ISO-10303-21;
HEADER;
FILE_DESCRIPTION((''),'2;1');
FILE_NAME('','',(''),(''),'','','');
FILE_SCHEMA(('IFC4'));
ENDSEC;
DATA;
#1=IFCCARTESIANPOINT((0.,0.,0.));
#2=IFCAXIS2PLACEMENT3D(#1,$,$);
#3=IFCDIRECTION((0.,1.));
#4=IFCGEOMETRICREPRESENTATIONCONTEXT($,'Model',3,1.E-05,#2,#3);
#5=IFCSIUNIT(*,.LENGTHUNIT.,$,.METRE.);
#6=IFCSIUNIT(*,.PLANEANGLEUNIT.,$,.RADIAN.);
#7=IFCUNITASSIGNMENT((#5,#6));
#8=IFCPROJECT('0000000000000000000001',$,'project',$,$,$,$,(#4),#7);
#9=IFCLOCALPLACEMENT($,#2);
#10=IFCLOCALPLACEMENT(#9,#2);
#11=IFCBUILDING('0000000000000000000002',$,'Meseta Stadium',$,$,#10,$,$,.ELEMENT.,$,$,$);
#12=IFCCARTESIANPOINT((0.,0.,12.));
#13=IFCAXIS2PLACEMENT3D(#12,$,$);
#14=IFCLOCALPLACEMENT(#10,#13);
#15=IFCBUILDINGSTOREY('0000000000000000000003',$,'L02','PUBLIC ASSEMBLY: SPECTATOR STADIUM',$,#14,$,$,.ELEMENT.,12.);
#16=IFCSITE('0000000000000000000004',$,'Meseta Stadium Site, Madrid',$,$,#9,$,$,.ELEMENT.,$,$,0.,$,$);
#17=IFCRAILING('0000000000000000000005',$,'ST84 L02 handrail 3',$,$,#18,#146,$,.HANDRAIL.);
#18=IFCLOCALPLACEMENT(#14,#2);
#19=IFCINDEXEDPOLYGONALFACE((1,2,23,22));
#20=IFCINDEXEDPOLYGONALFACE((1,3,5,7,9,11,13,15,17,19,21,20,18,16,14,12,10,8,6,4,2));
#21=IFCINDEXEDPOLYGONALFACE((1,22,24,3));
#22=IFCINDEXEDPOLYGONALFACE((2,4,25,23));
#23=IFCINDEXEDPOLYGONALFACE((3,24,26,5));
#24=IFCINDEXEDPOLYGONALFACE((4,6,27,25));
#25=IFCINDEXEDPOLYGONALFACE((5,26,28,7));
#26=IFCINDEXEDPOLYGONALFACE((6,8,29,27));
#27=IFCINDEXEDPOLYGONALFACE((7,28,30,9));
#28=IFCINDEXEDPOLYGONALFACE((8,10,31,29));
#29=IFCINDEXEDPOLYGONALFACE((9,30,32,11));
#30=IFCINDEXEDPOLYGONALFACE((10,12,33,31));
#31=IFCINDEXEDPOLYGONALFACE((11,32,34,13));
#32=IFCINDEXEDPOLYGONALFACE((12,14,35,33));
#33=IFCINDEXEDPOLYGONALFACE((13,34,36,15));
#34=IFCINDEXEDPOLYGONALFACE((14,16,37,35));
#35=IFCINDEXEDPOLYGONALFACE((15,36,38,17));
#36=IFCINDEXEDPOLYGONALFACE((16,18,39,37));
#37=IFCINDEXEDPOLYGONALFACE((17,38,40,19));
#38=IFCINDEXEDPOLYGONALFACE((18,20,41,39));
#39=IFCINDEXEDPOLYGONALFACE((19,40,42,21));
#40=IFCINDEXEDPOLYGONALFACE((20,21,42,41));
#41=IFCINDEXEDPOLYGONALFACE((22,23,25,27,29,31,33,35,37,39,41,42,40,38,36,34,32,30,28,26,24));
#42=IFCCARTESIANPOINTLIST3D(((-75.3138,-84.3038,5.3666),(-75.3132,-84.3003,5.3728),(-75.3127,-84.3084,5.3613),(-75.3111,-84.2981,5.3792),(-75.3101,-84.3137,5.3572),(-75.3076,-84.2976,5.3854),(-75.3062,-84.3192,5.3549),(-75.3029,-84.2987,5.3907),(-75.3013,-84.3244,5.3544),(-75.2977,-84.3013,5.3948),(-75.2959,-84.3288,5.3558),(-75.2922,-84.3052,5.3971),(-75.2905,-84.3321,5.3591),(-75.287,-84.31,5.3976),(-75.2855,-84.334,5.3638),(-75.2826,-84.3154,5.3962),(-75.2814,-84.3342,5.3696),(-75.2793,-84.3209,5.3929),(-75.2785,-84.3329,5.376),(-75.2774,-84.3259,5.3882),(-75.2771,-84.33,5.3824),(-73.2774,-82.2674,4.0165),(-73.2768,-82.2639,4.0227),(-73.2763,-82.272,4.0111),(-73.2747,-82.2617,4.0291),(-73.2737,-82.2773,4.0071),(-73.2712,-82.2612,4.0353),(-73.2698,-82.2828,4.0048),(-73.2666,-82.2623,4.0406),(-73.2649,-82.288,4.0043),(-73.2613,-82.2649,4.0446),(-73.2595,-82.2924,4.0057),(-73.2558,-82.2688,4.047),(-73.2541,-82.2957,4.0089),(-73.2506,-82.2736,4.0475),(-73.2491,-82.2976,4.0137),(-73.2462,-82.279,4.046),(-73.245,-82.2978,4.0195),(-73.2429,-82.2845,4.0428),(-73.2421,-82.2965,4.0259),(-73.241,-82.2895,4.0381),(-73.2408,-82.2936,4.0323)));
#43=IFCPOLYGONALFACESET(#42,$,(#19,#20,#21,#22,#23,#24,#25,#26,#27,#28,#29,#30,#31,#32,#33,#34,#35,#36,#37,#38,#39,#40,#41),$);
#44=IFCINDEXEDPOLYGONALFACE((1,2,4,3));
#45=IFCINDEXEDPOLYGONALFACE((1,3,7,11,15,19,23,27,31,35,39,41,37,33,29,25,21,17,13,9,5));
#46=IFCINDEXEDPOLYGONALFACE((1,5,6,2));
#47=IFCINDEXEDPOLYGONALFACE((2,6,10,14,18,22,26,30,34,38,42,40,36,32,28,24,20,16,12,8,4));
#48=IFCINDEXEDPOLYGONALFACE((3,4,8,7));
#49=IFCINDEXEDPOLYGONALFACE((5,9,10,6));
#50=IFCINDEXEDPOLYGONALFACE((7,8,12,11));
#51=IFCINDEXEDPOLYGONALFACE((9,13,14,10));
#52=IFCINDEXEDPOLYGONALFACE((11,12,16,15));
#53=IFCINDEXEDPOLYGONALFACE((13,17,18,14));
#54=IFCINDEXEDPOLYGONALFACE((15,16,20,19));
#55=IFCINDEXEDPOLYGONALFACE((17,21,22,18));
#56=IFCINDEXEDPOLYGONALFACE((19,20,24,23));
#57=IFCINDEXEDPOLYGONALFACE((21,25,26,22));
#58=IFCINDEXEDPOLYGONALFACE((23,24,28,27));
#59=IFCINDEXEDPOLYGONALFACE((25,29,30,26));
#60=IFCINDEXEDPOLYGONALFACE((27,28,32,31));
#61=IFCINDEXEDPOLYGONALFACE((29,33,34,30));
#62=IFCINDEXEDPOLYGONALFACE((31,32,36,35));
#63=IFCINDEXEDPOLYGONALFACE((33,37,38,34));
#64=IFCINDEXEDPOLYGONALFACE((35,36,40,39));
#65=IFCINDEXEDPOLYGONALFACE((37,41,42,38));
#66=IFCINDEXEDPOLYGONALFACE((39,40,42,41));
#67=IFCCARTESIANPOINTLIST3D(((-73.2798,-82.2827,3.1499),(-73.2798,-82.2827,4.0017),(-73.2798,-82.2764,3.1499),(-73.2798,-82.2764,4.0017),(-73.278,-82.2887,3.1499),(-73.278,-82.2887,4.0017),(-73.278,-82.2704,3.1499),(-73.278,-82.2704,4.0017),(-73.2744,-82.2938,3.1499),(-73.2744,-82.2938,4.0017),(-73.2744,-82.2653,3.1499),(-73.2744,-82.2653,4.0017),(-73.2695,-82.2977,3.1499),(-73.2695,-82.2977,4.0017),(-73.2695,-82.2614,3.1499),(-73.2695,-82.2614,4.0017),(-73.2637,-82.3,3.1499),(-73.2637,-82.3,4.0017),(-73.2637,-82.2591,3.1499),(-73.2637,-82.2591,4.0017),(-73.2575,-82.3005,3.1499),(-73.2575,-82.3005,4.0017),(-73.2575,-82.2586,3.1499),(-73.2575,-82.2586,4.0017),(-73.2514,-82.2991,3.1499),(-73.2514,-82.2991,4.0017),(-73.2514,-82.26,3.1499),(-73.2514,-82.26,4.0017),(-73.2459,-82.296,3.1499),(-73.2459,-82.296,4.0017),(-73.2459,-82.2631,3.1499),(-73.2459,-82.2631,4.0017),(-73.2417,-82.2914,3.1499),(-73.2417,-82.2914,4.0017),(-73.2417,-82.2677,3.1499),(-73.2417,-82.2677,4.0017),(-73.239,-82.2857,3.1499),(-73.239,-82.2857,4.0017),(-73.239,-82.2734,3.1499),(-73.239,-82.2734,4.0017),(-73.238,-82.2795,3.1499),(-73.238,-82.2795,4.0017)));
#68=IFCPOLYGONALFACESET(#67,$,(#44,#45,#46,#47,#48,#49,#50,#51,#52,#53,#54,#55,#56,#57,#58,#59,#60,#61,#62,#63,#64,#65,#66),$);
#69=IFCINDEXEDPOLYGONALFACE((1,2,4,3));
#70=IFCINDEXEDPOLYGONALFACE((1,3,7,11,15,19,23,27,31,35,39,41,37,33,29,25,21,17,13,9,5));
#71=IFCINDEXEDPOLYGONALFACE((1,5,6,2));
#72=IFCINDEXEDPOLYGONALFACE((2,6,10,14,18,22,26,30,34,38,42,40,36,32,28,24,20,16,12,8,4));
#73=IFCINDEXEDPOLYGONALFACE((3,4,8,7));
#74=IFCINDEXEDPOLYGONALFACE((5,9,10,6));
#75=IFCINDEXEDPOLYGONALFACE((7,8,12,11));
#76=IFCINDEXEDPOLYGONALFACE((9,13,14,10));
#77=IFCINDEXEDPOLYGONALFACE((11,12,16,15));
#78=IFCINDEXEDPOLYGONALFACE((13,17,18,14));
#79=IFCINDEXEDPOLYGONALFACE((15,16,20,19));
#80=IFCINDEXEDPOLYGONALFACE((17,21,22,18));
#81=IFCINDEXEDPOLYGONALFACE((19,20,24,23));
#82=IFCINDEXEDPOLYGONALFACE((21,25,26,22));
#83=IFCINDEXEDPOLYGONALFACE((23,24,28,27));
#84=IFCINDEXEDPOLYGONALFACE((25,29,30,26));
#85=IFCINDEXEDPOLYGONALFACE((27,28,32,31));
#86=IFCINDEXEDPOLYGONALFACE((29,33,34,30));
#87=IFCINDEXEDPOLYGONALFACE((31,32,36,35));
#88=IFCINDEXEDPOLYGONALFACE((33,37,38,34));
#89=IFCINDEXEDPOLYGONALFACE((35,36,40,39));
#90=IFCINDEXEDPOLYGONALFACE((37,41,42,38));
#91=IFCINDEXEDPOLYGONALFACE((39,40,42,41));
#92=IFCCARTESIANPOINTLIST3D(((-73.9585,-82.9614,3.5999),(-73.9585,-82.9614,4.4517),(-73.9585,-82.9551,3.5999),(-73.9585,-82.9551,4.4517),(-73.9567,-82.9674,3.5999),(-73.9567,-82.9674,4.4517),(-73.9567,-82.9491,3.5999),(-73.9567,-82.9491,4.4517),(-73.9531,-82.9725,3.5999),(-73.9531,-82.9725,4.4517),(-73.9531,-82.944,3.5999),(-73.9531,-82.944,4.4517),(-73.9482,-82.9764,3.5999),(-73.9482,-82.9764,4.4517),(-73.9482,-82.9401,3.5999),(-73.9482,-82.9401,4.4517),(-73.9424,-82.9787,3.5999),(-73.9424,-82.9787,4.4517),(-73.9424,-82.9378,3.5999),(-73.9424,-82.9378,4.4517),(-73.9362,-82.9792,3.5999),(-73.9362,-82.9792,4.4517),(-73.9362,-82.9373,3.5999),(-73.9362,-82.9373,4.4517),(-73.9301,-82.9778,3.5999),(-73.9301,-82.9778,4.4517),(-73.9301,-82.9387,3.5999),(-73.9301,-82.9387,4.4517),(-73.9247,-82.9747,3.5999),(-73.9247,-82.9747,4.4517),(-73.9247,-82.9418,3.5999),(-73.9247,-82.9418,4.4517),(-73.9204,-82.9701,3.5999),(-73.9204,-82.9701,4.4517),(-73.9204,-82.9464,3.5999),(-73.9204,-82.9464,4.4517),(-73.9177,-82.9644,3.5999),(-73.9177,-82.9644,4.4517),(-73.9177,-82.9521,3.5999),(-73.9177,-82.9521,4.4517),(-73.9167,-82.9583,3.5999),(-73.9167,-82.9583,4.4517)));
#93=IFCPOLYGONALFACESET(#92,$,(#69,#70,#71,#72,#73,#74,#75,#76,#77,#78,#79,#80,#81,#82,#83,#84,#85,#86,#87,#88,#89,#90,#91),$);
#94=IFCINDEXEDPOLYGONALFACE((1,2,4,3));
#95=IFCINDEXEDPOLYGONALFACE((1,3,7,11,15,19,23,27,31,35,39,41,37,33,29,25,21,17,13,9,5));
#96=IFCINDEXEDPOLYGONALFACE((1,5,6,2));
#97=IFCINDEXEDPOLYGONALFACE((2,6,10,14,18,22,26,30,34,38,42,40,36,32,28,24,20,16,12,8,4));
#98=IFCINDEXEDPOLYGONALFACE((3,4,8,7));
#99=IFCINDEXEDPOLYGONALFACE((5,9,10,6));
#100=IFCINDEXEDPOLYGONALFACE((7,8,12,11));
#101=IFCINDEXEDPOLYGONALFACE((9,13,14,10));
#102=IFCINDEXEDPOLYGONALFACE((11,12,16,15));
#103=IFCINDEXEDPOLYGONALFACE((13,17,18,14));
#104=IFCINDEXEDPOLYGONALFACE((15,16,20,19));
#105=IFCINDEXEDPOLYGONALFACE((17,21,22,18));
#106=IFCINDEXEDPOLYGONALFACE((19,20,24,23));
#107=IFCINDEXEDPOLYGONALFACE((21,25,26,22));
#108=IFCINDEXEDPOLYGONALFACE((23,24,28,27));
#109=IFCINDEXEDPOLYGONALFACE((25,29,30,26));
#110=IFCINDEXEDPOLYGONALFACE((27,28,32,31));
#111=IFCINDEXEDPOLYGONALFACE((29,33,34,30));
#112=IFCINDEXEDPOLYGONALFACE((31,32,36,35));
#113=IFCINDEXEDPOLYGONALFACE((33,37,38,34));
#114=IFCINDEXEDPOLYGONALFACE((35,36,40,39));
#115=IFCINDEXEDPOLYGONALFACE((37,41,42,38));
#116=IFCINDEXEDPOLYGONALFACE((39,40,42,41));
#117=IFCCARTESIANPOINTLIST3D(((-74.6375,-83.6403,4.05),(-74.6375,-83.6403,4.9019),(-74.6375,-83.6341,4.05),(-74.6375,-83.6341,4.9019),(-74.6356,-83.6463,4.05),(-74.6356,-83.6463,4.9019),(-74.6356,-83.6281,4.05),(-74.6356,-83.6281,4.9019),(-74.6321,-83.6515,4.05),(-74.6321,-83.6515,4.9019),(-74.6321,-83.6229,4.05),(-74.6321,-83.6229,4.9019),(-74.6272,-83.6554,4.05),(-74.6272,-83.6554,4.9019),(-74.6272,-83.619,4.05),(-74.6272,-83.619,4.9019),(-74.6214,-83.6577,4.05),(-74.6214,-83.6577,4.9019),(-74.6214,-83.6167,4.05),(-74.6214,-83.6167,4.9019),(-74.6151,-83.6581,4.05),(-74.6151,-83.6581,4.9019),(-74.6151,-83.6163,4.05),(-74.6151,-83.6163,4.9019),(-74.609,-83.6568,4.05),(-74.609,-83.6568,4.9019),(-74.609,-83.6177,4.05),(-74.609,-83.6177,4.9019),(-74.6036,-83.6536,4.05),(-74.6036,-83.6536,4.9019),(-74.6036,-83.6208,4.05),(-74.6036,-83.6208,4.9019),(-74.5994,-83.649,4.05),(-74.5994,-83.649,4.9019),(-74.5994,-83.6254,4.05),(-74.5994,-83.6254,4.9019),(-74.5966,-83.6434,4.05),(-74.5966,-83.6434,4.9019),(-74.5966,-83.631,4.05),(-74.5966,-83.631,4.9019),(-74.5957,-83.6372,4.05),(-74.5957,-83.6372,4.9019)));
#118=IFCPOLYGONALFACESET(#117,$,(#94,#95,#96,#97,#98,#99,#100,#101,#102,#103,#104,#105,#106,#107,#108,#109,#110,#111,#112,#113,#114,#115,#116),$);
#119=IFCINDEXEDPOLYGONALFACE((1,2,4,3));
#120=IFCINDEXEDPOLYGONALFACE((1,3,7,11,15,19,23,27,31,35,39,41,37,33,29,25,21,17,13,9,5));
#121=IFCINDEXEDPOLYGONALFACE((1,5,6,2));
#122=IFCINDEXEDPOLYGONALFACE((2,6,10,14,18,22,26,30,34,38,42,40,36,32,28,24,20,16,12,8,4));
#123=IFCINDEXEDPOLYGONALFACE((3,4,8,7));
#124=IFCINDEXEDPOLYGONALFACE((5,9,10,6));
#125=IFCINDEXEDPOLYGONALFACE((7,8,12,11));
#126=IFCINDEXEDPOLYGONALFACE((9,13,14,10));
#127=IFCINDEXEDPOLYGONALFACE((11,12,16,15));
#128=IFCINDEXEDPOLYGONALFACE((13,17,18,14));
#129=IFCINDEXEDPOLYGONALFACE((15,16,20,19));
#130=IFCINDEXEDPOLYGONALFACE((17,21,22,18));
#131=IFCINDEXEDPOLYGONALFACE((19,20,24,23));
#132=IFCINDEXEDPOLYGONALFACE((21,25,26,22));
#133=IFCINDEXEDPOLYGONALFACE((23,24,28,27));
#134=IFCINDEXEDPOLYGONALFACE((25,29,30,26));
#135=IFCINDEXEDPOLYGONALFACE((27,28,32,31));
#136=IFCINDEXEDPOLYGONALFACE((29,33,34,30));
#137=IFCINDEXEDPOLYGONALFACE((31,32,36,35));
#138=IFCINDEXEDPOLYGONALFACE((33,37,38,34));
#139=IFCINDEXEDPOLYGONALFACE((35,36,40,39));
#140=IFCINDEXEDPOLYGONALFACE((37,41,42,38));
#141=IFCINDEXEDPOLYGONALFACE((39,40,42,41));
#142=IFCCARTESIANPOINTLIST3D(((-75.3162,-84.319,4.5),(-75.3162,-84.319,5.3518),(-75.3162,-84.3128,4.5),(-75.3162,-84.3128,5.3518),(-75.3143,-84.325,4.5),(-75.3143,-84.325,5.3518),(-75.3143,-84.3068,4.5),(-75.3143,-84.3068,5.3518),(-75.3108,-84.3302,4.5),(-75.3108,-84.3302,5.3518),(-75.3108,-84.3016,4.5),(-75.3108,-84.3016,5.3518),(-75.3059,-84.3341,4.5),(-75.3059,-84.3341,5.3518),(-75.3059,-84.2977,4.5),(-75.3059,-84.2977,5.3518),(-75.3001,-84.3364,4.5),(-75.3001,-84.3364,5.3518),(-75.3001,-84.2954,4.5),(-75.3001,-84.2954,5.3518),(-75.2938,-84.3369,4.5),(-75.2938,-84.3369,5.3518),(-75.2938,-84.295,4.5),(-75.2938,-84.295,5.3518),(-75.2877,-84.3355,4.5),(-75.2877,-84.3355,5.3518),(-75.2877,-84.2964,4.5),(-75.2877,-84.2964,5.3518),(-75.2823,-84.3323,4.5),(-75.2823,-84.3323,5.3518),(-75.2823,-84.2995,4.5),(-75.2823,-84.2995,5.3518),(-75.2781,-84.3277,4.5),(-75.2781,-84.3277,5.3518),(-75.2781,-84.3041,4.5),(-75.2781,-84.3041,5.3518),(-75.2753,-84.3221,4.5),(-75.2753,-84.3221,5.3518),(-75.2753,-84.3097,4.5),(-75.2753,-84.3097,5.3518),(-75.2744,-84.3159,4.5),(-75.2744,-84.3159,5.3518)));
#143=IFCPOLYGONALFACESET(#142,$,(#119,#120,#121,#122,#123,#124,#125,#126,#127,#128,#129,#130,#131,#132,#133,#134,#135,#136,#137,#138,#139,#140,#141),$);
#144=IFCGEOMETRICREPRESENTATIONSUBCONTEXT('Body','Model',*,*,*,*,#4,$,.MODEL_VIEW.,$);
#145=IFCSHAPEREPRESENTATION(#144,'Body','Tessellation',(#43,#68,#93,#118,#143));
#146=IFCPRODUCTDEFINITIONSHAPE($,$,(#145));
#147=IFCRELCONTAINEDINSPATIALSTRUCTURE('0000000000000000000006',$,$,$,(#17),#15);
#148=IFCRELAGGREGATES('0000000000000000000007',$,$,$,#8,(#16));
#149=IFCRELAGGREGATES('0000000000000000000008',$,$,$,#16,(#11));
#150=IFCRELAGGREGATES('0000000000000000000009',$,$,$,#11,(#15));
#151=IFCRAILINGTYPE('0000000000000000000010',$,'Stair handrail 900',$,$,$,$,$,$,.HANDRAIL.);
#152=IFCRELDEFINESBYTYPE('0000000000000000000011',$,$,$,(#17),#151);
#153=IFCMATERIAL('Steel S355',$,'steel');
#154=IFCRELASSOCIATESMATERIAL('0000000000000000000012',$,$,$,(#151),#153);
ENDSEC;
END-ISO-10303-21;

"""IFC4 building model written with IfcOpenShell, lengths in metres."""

from ifc_helpers import new_model, si_unit, direction, frame, origin, origin_2d, place, context, subcontext, project, spatial, circle, extrude, material, type_object, element, save


model = new_model("IFC4")

# Units and contexts
model_context = context("Model", 3, precision=1e-05, world=origin(), true_north=direction((0.0, 1.0)))
body_context = subcontext(model_context, "Body", "Model", "MODEL_VIEW")
ifc_project = project(units=[si_unit("LENGTHUNIT", "METRE"), si_unit("PLANEANGLEUNIT", "RADIAN")], contexts=[model_context])

# Site, building, storey
site_placement = place(None, origin())
site = spatial("IfcSite", under=ifc_project, at=site_placement, Name="Meseta Stadium Site, Madrid", CompositionType="ELEMENT", RefElevation=0.0)
building_placement = place(site_placement, origin())
building = spatial("IfcBuilding", under=site, at=building_placement, Name="Meseta Stadium", CompositionType="ELEMENT")
storey_placement = place(building_placement, frame((0.0, 0.0, 12.0)))
storey = spatial("IfcBuildingStorey", under=building, at=storey_placement, Name="L02", Description="PUBLIC ASSEMBLY: SPECTATOR STADIUM", CompositionType="ELEMENT", Elevation=12.0)

# Railing
ifc_material_1 = material(Name="Steel S355", Category="steel")
railing_type = type_object("IfcRailingType", Name="Stair handrail 900", PredefinedType="HANDRAIL", material=ifc_material_1)
for number, where, name in (
    (1, (-73.259, -82.2795, 3.1499), "ST84 L02 handrail 3"),
):
    element("IfcRailing", number, at=place(storey_placement, frame(where)), inside=storey, type_object=railing_type, Name=name, PredefinedType="HANDRAIL", context=body_context, shape_type="SweptSolid", body=[
        extrude(circle(Radius=0.0239, at=origin_2d()), frame((0.0, 0.0, 0.876), z_axis=(-0.640243, -0.640243, 0.424475), x_axis=(0.707107, -0.707107, 0.0)), (0.0, 0.0, 1.0), 3.1807),
        extrude(circle(Radius=0.021, at=origin_2d()), origin(), (0.0, 0.0, 1.0), 0.8518),
        extrude(circle(Radius=0.021, at=origin_2d()), frame((-0.6787, -0.6787, 0.45)), (0.0, 0.0, 1.0), 0.8518),
        extrude(circle(Radius=0.021, at=origin_2d()), frame((-1.3577, -1.3577, 0.9001)), (0.0, 0.0, 1.0), 0.8518),
        extrude(circle(Radius=0.021, at=origin_2d()), frame((-2.0364, -2.0364, 1.3501)), (0.0, 0.0, 1.0), 0.8518),
    ])

save(model, "model.ifc")
